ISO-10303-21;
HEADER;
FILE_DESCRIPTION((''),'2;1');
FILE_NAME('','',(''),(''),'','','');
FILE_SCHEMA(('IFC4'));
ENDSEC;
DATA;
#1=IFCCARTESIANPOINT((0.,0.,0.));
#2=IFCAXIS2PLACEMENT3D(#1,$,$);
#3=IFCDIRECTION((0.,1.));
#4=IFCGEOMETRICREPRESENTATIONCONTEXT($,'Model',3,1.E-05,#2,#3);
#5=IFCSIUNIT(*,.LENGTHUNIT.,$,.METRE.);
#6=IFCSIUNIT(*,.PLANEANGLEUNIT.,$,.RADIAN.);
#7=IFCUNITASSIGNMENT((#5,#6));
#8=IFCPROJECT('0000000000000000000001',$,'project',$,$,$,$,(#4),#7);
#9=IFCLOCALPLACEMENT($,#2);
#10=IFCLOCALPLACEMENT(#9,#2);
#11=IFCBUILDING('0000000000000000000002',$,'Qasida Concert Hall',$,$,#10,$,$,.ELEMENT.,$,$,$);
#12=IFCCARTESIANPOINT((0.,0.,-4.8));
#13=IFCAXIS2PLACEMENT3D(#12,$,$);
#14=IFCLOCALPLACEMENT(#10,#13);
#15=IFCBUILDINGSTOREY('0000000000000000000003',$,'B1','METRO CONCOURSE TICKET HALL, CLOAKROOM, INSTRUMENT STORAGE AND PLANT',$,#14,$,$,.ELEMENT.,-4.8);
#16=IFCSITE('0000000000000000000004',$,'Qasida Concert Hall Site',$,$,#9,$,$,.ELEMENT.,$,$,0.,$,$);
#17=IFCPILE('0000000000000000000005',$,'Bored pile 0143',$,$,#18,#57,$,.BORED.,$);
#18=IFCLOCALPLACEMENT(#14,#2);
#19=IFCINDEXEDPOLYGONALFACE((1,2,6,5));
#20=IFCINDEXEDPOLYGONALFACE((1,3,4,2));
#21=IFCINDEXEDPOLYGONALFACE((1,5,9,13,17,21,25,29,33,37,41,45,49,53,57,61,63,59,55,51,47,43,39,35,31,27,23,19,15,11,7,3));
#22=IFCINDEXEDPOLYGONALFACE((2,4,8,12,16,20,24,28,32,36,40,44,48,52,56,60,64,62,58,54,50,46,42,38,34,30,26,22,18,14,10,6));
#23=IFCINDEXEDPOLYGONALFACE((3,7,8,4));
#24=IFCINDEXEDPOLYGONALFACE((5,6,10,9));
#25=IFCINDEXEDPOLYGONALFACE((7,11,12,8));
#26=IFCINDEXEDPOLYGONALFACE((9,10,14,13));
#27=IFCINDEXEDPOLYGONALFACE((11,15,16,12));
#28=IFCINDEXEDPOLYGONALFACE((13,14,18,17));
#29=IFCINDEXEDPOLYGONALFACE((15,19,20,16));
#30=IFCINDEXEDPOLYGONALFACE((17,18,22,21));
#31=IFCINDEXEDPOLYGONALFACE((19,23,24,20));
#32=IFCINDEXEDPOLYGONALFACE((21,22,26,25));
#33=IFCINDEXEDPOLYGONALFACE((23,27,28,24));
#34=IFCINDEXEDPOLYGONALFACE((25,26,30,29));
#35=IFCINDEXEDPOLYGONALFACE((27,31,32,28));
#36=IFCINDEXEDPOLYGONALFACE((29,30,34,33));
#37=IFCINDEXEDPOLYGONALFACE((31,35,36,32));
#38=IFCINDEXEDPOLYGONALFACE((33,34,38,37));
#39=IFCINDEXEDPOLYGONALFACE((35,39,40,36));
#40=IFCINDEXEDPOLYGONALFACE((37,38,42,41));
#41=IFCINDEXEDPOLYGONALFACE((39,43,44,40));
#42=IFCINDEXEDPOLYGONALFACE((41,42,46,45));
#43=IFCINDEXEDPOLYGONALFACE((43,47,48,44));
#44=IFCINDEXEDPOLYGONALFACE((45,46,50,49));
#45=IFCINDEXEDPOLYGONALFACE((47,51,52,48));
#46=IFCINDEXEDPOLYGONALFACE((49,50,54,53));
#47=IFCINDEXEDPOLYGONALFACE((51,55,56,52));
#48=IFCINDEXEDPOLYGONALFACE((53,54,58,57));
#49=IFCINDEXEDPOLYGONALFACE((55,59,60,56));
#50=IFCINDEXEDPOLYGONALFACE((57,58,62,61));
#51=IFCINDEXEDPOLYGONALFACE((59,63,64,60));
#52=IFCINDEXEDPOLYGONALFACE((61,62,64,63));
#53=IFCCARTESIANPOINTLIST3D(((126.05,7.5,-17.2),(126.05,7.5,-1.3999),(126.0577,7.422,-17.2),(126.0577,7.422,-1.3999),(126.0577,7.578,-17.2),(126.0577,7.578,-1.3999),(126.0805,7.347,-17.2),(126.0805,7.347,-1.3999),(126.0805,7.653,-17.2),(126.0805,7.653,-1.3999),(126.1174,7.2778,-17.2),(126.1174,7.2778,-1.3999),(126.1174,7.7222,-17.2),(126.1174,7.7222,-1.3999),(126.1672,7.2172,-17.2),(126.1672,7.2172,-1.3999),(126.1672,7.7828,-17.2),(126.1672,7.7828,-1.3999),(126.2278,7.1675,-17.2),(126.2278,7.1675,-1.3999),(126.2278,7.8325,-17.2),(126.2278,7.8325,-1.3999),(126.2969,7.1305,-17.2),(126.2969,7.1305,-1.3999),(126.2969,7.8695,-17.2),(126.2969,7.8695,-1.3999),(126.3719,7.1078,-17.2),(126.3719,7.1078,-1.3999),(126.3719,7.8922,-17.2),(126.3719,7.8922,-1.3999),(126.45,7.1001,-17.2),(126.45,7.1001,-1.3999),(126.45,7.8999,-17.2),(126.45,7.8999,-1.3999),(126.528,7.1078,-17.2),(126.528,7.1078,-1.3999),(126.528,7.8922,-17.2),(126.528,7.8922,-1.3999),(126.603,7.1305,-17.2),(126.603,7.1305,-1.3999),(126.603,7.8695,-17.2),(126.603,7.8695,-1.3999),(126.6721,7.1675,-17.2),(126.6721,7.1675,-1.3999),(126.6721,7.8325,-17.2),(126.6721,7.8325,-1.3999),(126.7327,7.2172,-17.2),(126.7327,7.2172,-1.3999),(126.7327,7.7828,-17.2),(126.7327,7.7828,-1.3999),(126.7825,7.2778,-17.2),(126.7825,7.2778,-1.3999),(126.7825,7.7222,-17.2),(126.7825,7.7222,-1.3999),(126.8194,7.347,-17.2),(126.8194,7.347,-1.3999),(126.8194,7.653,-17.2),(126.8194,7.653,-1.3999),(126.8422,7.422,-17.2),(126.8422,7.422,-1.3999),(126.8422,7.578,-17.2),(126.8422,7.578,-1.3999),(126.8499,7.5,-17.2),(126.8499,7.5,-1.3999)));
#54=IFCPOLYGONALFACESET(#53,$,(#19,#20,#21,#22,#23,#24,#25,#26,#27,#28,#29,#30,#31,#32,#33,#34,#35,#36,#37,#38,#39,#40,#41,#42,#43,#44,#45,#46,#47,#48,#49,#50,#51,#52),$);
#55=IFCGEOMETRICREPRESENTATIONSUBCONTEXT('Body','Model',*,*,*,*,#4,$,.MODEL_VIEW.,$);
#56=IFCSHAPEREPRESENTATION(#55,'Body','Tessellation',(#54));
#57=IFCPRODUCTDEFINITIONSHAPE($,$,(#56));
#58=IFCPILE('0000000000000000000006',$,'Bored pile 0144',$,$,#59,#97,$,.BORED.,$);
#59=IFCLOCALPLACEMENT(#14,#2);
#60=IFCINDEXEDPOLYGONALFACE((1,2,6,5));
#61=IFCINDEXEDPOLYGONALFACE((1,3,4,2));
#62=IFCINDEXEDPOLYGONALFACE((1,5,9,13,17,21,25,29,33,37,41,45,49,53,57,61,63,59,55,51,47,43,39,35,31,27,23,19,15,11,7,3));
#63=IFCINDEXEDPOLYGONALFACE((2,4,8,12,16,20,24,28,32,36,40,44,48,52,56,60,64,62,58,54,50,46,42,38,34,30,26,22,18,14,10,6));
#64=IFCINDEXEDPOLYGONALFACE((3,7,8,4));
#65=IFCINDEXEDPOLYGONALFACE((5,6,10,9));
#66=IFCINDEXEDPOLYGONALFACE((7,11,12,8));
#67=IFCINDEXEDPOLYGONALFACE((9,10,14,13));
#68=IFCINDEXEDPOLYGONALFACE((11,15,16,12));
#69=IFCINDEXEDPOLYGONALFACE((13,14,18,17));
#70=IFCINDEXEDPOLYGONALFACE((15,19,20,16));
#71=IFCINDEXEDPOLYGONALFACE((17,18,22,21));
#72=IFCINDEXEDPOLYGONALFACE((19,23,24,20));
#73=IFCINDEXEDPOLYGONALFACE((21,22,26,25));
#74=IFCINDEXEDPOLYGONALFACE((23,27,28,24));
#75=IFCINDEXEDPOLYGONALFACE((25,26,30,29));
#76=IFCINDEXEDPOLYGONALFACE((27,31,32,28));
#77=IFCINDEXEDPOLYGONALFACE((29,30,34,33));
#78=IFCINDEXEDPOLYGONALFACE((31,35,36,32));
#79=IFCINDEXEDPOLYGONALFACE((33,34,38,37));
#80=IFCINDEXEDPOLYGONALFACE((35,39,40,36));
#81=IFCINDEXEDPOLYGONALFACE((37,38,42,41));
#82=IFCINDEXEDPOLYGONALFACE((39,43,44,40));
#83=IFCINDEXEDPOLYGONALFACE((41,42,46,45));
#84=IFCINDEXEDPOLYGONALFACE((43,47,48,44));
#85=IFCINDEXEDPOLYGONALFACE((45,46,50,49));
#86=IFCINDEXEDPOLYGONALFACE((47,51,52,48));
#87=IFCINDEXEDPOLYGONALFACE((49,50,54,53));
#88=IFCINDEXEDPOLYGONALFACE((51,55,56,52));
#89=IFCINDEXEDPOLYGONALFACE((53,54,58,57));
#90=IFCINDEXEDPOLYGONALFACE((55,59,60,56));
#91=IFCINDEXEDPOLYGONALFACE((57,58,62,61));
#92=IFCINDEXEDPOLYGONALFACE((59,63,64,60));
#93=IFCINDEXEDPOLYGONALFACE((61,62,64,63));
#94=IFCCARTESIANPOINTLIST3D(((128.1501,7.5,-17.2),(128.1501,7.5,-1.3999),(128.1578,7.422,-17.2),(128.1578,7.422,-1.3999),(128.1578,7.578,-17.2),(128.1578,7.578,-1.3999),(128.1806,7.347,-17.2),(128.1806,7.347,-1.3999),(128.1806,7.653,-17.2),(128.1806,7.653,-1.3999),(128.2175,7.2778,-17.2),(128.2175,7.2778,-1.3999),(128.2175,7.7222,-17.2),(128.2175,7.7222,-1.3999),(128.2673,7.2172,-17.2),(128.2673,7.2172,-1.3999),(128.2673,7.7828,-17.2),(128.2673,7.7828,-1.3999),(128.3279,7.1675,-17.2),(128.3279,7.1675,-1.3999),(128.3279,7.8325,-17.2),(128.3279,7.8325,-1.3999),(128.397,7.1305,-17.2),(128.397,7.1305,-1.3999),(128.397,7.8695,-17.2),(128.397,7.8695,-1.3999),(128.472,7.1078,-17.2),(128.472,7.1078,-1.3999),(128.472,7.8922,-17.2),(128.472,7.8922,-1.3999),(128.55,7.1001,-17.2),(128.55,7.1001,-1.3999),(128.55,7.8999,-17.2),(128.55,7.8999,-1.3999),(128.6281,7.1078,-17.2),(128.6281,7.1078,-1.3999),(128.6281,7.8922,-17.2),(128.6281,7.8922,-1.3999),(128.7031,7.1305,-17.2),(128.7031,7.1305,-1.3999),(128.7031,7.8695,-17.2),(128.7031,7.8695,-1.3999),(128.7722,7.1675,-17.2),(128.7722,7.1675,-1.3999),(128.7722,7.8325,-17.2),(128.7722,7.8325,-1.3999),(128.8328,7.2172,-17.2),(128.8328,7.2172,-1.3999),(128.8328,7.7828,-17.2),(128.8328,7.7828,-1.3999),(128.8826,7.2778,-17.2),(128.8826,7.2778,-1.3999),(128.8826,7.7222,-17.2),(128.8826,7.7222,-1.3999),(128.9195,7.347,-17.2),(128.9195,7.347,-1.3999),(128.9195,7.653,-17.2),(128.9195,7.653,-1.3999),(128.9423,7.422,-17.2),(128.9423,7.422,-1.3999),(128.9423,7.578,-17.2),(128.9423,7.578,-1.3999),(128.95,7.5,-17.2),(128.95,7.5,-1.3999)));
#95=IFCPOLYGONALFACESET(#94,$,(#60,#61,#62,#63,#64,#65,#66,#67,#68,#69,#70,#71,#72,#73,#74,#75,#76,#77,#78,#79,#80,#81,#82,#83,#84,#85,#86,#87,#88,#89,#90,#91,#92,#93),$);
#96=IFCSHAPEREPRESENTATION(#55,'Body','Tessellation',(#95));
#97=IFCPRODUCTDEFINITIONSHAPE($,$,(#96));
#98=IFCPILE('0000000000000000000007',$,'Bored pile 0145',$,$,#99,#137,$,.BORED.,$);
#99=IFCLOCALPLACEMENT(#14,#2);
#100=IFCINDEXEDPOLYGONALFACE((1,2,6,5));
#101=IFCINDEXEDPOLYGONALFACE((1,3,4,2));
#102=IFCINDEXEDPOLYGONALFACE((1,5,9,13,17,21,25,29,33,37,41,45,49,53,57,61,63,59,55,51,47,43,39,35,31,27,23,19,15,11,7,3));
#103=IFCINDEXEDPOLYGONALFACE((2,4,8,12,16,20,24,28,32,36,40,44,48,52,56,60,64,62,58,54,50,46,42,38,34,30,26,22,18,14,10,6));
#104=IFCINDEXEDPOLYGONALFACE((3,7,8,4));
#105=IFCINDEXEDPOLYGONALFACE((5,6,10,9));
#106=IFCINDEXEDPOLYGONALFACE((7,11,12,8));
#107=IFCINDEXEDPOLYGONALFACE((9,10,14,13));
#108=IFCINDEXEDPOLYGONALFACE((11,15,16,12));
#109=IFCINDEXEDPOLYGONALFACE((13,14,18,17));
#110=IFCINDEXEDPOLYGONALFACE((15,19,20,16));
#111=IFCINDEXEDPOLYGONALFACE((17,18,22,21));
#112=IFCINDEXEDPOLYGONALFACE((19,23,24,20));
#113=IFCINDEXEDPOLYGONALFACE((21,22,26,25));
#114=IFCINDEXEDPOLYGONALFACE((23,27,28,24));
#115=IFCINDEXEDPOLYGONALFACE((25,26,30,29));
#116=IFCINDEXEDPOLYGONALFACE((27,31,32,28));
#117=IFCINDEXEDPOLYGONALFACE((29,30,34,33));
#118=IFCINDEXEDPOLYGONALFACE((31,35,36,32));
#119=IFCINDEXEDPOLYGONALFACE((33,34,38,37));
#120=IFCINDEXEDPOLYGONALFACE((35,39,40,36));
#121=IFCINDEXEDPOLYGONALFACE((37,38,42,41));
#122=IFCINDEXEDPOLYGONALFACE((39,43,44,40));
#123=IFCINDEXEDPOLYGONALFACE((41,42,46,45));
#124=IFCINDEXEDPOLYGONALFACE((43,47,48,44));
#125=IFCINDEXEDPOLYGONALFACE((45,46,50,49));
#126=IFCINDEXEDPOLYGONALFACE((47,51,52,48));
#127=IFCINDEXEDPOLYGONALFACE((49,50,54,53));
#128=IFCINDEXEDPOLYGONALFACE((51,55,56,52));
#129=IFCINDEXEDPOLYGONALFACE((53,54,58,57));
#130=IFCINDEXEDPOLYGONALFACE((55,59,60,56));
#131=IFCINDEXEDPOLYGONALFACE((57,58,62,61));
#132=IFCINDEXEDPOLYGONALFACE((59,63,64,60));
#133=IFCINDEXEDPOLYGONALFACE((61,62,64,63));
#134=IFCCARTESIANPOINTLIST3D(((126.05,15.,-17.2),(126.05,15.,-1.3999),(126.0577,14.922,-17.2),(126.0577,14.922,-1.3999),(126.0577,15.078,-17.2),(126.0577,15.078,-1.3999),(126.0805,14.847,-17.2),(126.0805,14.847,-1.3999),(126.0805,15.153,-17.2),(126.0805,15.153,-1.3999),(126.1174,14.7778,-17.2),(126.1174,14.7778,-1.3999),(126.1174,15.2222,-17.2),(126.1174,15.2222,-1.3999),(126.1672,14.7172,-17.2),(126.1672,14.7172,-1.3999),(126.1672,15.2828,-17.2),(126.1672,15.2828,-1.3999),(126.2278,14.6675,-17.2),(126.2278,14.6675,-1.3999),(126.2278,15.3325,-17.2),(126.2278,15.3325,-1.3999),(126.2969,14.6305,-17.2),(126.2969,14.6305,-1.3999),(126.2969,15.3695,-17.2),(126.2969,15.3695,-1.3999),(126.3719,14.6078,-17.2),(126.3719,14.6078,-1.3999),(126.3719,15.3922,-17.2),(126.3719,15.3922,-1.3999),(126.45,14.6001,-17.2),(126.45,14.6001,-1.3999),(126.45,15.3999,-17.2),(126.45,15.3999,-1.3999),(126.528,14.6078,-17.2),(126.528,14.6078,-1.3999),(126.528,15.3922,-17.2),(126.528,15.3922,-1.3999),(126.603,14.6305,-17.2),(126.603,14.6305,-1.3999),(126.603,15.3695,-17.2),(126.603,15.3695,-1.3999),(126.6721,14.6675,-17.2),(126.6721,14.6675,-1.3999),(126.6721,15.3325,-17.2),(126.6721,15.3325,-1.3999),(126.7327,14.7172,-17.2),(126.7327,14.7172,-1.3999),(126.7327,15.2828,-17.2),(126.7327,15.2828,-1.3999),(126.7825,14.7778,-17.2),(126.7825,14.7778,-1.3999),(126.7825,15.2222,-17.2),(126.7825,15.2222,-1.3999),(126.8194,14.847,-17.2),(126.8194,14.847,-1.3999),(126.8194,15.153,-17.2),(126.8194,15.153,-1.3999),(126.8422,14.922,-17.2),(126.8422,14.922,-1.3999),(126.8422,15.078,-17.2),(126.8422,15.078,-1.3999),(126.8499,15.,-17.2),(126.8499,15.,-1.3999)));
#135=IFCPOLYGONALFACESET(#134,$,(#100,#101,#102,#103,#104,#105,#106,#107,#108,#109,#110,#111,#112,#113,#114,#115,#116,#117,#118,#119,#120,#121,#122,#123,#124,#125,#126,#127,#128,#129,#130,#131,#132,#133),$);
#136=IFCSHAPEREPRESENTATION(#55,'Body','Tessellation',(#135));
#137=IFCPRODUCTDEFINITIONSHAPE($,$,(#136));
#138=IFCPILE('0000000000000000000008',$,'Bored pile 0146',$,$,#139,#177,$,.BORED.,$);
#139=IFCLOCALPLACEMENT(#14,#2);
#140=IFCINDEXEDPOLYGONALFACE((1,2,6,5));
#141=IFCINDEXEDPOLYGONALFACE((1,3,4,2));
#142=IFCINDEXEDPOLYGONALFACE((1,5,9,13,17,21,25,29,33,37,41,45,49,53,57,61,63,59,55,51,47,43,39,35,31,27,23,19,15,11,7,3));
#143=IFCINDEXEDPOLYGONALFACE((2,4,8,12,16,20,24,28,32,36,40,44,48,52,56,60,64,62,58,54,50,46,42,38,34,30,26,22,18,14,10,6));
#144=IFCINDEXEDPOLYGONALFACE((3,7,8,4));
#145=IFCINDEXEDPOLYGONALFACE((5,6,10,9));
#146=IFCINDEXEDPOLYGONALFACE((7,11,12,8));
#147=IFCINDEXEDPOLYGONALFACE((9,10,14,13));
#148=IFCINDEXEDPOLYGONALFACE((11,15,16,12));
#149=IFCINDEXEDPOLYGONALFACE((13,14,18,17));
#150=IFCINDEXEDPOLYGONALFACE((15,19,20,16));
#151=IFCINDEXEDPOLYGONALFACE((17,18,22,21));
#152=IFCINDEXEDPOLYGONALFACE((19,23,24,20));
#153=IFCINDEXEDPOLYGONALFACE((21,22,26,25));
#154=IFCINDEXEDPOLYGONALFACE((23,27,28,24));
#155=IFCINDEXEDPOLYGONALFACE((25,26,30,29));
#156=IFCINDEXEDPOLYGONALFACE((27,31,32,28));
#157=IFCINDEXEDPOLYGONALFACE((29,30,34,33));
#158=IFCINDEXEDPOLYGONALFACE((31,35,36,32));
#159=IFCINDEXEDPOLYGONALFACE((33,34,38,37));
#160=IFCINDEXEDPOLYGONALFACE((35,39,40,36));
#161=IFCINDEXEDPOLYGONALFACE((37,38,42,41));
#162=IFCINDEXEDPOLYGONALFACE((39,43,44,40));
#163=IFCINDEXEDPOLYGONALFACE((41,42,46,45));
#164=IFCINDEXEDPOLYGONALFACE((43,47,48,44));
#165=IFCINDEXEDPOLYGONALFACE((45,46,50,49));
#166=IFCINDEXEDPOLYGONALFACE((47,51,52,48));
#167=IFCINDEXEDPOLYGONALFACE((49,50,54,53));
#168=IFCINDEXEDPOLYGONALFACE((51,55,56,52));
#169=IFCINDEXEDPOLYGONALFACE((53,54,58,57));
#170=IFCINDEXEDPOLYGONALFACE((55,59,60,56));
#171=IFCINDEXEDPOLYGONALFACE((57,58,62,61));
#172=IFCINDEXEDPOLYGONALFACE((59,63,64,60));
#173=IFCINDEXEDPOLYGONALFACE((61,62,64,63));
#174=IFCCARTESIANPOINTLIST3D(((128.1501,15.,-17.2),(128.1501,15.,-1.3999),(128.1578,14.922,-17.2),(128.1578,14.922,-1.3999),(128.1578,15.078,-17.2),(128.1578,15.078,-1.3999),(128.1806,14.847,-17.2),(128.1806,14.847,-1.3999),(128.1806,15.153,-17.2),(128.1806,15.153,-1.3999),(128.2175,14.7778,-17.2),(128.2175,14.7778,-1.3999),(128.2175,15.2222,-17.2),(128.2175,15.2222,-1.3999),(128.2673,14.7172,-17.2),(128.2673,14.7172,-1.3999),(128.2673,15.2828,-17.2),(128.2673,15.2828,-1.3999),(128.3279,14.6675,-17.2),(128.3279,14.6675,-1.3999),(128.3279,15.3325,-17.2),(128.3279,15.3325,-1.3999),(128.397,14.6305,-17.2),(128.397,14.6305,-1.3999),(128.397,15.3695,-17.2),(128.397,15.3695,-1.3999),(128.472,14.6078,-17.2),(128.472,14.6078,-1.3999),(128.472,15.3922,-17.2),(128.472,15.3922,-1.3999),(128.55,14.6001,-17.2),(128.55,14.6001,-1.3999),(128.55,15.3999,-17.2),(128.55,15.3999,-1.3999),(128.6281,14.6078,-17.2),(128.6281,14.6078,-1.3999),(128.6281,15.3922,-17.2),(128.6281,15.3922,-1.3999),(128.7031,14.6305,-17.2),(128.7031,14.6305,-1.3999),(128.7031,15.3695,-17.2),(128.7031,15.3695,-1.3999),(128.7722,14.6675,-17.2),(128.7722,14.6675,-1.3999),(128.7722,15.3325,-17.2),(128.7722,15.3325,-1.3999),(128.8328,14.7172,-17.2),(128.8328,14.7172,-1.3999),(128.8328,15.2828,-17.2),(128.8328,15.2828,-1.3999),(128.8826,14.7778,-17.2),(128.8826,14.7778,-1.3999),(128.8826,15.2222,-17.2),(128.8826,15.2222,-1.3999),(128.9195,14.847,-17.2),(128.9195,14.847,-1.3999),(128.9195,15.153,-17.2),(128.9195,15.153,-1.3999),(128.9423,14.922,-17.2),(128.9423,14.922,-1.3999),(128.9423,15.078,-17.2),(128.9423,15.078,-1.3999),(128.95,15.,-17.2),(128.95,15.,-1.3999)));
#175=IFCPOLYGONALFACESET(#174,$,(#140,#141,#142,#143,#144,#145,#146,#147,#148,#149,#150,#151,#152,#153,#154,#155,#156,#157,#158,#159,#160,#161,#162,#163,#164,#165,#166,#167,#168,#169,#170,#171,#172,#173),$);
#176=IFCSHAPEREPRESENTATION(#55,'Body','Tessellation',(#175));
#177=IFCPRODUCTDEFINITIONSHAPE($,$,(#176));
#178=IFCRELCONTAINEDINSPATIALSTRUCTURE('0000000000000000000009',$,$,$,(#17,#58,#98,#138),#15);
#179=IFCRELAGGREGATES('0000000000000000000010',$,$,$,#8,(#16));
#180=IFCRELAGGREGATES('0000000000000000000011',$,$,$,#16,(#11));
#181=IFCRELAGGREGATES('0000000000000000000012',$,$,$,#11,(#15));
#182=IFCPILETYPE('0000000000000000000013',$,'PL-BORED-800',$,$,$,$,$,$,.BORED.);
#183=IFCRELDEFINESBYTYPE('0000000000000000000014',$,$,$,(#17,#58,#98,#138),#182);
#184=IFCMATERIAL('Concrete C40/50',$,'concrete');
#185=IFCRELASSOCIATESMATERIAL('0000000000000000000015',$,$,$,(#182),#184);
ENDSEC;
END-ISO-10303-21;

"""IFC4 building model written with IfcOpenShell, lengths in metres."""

from ifc_helpers import new_model, si_unit, direction, frame, origin, origin_2d, place, context, subcontext, project, spatial, circle, extrude, material, material_profile, profile_set, type_object, element, save


model = new_model("IFC4")

# Units and contexts
model_context = context("Model", 3, precision=1e-05, world=origin(), true_north=direction((0.0, 1.0)))
body_context = subcontext(model_context, "Body", "Model", "MODEL_VIEW")
ifc_project = project(units=[si_unit("LENGTHUNIT", "METRE"), si_unit("PLANEANGLEUNIT", "RADIAN")], contexts=[model_context])

# Site, building, storey
site_placement = place(None, origin())
site = spatial("IfcSite", under=ifc_project, at=site_placement, Name="Qasida Concert Hall Site", CompositionType="ELEMENT", RefElevation=0.0)
building_placement = place(site_placement, origin())
building = spatial("IfcBuilding", under=site, at=building_placement, Name="Qasida Concert Hall", CompositionType="ELEMENT")
storey_placement = place(building_placement, frame((0.0, 0.0, -4.8)))
storey = spatial("IfcBuildingStorey", under=building, at=storey_placement, Name="B1", Description="METRO CONCOURSE TICKET HALL, CLOAKROOM, INSTRUMENT STORAGE AND PLANT", CompositionType="ELEMENT", Elevation=-4.8)

# Shared definitions
ifc_material_1 = material(Name="Concrete C40/50", Category="concrete")

# Piles
ifc_material_profile_1 = material_profile(ifc_material_1, circle(Radius=0.3999, at=origin_2d()), Name="BORED PILE D800")
ifc_profile_set_1 = profile_set([ifc_material_profile_1], Name="Concrete C40/50")
pile_type_1 = type_object("IfcPileType", Name="PL-BORED-800", PredefinedType="BORED", material=ifc_profile_set_1)
for number, where, z_axis, x_axis, name in (
    (1, (126.45, 7.5, -1.3999), (0.0, 0.0, -1.0), (1.0, 0.0, 0.0), "Bored pile 0143"),
    (2, (128.55, 7.5, -1.3999), (0.0, 0.0, -1.0), (1.0, 0.0, 0.0), "Bored pile 0144"),
    (3, (126.45, 15.0, -1.3999), (0.0, 0.0, -1.0), (1.0, 0.0, 0.0), "Bored pile 0145"),
    (4, (128.55, 15.0, -1.3999), (0.0, 0.0, -1.0), (1.0, 0.0, 0.0), "Bored pile 0146"),
):
    element("IfcPile", number, at=place(storey_placement, frame(where, z_axis=z_axis, x_axis=x_axis)), inside=storey, type_object=pile_type_1, Name=name, PredefinedType="BORED", context=body_context, shape_type="SweptSolid", body=[
        extrude(circle(Radius=0.3999, at=origin_2d()), origin(), (0.0, 0.0, 1.0), 15.8),
    ])

save(model, "model.ifc")
